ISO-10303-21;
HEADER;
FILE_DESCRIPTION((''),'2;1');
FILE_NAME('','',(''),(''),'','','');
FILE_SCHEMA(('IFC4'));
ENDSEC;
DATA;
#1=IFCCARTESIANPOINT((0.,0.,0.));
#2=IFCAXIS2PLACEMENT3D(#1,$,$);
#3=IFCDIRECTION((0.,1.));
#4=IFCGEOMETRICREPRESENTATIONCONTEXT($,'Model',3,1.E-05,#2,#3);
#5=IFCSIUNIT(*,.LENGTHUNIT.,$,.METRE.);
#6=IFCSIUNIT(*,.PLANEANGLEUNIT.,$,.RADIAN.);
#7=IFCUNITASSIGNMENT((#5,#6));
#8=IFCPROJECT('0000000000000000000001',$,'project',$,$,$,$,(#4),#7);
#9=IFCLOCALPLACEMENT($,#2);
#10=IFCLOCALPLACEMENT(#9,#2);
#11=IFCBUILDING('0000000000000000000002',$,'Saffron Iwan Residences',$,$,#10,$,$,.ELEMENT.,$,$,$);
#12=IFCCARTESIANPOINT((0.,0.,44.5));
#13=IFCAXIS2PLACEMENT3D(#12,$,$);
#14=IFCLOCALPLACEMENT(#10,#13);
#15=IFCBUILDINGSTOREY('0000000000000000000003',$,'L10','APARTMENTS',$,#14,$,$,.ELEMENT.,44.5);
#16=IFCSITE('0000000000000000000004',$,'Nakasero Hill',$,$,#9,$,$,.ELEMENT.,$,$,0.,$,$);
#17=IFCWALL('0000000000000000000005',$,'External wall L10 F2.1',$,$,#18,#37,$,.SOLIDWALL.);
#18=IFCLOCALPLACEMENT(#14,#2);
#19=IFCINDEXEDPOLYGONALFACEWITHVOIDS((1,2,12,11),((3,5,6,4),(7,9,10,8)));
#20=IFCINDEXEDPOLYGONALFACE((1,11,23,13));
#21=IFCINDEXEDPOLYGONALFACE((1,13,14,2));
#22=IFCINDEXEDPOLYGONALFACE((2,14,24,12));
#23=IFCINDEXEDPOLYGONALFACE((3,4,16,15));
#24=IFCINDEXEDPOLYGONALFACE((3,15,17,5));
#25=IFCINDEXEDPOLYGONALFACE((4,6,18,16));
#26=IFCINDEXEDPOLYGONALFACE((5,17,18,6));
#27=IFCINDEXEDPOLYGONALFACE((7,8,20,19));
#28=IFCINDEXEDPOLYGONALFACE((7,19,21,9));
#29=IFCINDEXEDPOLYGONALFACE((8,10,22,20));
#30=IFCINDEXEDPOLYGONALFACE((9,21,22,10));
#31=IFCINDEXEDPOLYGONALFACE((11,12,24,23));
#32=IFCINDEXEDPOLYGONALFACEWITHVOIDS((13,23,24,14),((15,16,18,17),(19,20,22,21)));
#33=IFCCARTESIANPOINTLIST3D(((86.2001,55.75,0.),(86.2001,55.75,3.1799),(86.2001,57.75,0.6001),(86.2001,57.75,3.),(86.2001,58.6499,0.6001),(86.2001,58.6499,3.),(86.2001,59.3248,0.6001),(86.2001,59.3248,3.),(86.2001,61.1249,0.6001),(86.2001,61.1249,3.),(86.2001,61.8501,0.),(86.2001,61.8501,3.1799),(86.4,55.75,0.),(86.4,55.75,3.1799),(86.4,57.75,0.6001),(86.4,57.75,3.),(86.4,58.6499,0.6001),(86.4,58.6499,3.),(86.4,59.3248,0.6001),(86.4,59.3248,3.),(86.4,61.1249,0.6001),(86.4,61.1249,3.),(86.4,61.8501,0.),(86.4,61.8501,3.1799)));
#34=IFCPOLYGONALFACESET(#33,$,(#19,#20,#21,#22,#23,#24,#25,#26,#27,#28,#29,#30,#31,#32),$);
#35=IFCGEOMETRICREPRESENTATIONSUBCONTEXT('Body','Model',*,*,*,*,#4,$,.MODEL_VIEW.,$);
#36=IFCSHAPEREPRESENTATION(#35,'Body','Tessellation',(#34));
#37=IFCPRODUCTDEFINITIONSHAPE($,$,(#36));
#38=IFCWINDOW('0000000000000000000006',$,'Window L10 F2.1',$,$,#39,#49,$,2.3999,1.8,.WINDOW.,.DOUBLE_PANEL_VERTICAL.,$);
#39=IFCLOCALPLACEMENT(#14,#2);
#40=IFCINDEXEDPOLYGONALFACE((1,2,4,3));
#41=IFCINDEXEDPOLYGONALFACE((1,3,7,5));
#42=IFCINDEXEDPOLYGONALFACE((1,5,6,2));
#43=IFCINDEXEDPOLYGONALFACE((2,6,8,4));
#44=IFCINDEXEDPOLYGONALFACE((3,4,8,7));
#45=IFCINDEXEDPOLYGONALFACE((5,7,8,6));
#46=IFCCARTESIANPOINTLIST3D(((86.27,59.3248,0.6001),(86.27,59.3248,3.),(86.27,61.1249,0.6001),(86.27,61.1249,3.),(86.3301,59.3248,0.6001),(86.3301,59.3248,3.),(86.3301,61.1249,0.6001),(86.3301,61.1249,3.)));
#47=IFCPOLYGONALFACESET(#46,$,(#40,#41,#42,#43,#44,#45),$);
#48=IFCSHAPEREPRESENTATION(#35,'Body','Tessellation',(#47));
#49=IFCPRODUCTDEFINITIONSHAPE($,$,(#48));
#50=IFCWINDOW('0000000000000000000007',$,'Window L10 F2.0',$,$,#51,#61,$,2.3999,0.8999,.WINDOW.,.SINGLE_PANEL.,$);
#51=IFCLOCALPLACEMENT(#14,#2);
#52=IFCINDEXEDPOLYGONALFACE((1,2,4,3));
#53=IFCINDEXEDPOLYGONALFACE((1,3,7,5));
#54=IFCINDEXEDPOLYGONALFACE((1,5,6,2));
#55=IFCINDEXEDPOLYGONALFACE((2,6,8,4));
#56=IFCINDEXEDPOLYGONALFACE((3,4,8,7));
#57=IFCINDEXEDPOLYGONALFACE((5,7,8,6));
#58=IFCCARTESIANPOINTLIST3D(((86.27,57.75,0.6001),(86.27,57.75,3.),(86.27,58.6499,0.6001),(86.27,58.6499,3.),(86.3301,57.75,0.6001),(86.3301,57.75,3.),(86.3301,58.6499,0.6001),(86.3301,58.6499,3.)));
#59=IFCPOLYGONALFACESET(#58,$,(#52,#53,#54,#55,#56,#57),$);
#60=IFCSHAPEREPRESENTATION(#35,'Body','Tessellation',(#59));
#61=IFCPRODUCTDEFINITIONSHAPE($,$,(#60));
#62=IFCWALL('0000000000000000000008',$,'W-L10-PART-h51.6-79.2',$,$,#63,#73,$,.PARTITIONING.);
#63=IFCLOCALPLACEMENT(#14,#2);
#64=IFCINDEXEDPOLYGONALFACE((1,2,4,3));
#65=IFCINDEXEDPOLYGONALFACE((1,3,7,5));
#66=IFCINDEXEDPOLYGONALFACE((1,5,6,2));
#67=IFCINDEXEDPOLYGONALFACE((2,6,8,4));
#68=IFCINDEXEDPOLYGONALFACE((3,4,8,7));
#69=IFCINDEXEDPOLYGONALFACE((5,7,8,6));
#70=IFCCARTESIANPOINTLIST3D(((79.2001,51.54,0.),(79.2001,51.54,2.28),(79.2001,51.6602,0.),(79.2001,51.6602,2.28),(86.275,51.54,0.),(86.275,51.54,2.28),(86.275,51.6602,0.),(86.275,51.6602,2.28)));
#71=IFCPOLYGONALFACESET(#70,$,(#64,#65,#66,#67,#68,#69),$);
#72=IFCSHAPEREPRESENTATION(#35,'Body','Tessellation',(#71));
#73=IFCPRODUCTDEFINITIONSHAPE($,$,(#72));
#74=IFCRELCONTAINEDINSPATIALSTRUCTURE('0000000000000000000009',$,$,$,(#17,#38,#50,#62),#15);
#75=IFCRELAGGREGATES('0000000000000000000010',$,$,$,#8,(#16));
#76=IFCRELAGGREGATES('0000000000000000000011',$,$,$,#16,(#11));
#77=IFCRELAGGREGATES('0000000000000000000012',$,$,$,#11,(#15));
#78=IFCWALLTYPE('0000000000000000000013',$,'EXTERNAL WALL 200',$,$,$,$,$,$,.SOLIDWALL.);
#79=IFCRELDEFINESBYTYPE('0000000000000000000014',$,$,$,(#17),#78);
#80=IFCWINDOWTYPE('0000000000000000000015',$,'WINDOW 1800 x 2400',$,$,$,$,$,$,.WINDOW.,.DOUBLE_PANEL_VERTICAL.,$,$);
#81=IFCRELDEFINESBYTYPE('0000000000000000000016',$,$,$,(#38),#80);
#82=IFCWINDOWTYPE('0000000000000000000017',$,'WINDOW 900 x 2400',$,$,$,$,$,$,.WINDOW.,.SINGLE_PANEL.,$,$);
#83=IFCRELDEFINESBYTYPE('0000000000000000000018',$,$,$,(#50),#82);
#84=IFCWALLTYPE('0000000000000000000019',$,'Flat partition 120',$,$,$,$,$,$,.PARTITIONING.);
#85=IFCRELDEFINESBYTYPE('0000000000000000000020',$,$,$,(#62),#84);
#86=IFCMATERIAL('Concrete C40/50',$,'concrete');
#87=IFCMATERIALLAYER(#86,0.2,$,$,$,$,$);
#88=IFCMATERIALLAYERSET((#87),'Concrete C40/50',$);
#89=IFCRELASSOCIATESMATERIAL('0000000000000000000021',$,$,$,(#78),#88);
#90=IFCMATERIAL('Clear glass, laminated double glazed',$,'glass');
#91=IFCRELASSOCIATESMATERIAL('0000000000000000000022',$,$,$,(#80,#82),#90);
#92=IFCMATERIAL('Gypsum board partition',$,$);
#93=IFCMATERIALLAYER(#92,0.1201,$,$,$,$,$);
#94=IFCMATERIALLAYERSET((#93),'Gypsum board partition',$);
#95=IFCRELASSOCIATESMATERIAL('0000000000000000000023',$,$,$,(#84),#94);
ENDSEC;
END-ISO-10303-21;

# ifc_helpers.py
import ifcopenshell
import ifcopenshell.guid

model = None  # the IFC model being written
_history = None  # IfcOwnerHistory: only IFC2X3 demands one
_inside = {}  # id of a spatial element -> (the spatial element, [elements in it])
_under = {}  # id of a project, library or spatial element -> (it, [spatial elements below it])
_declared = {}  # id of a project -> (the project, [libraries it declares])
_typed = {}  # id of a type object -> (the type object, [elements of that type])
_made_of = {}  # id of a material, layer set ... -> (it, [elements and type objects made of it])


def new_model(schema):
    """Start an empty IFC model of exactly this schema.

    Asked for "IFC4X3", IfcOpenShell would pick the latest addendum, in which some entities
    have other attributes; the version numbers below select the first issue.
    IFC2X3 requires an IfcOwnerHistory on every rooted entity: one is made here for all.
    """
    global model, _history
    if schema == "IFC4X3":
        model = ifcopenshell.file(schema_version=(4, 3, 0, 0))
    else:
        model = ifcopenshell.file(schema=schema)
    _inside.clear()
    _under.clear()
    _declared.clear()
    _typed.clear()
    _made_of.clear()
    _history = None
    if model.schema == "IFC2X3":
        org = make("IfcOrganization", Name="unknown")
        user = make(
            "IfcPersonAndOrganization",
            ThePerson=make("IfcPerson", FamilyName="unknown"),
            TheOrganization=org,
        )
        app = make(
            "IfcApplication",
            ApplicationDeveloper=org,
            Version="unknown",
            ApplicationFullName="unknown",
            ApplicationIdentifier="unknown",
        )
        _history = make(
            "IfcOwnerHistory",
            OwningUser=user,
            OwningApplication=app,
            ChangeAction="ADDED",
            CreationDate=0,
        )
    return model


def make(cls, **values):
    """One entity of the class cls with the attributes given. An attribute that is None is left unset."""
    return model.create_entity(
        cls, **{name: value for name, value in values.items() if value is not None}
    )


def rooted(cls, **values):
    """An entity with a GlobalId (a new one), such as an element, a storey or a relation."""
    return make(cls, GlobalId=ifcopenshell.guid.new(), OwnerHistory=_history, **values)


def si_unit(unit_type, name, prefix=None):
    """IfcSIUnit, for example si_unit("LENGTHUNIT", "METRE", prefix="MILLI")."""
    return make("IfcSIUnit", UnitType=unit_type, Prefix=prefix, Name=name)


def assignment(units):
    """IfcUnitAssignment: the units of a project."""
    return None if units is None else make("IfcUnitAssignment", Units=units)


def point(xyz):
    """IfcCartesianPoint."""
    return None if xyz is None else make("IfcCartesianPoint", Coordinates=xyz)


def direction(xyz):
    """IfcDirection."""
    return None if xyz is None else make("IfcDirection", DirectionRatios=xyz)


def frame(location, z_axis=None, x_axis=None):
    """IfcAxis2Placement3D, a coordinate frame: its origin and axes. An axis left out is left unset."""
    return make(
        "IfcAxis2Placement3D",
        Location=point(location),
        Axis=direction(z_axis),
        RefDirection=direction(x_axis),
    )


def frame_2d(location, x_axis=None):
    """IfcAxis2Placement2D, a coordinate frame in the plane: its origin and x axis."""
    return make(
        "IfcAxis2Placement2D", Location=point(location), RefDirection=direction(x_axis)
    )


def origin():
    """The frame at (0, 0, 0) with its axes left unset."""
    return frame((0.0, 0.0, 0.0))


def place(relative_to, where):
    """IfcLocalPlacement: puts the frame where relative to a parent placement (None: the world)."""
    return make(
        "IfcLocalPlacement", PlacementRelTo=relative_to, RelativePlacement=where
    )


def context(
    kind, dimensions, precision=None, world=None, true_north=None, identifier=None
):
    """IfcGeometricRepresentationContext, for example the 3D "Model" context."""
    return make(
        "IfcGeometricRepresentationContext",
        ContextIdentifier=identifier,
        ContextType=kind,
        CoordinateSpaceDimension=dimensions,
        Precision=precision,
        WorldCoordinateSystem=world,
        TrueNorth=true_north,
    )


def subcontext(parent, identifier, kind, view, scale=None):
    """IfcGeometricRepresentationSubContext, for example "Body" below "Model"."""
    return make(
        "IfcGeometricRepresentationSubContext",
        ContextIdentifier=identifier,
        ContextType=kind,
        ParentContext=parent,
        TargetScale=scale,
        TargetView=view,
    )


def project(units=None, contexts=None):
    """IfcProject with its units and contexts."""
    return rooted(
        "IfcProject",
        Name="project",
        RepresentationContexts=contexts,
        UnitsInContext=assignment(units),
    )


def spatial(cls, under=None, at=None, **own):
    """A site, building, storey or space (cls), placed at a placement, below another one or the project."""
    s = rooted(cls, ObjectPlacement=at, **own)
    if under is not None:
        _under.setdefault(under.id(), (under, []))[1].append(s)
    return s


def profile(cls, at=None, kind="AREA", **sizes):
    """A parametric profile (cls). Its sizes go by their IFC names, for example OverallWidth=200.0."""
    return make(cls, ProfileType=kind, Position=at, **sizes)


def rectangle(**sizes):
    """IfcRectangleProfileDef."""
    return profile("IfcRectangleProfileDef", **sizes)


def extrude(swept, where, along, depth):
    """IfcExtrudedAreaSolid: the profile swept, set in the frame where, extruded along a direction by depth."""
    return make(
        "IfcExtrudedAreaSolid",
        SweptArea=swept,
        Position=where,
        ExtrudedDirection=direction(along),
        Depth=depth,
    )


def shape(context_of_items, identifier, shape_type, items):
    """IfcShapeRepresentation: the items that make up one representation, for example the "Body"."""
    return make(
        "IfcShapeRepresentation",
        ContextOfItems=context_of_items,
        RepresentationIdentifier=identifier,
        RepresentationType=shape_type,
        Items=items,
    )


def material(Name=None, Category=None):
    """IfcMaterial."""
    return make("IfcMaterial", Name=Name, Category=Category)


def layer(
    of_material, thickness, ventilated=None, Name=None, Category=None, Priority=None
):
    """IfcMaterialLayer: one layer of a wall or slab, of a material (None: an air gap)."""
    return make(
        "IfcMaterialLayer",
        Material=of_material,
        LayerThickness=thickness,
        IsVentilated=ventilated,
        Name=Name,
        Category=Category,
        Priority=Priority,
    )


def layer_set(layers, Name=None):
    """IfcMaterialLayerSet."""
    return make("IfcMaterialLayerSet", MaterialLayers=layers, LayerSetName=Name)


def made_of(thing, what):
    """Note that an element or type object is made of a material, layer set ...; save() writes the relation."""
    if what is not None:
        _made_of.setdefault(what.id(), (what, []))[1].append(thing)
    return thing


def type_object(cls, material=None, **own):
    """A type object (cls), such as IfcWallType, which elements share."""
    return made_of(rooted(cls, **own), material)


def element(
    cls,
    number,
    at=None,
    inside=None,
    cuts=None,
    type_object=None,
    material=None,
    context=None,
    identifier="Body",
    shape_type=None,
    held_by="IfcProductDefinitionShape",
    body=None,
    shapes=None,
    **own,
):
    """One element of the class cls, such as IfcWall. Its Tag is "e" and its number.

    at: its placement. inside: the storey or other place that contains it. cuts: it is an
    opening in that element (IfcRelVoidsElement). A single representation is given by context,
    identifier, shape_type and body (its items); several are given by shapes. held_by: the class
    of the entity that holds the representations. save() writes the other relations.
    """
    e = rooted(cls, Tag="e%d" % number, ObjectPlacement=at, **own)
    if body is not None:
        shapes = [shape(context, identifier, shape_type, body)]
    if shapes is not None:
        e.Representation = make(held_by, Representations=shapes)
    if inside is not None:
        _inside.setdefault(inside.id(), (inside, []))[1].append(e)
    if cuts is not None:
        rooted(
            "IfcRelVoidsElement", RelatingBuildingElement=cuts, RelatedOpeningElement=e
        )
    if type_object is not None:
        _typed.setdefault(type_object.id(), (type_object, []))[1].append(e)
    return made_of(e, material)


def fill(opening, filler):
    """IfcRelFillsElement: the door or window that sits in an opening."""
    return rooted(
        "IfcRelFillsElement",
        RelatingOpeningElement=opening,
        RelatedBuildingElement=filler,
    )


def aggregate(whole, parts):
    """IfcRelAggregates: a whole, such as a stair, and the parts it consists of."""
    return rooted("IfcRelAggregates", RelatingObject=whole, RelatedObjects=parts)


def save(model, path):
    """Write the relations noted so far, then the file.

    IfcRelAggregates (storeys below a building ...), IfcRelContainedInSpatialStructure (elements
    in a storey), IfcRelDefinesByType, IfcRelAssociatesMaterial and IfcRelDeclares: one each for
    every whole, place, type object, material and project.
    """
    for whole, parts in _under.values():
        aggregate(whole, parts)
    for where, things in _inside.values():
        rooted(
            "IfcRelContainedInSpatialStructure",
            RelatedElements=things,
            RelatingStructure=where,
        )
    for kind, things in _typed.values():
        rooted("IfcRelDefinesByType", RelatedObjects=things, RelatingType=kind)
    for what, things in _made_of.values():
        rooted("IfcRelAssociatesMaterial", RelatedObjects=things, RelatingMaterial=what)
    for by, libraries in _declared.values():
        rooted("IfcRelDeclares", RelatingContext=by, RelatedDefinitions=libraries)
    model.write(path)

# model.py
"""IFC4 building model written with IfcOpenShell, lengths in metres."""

from ifc_helpers import new_model, si_unit, direction, frame, frame_2d, origin, place, context, subcontext, project, spatial, rectangle, extrude, material, layer, layer_set, type_object, element, fill, save


model = new_model("IFC4")

# Units and contexts
model_context = context("Model", 3, precision=1e-05, world=origin(), true_north=direction((0.0, 1.0)))
body_context = subcontext(model_context, "Body", "Model", "MODEL_VIEW")
ifc_project = project(units=[si_unit("LENGTHUNIT", "METRE"), si_unit("PLANEANGLEUNIT", "RADIAN")], contexts=[model_context])

# Site, building, storey
site_placement = place(None, origin())
site = spatial("IfcSite", under=ifc_project, at=site_placement, Name="Nakasero Hill", CompositionType="ELEMENT", RefElevation=0.0)
building_placement = place(site_placement, origin())
building = spatial("IfcBuilding", under=site, at=building_placement, Name="Saffron Iwan Residences", CompositionType="ELEMENT")
storey_placement = place(building_placement, frame((0.0, 0.0, 44.5)))
storey = spatial("IfcBuildingStorey", under=building, at=storey_placement, Name="L10", Description="APARTMENTS", CompositionType="ELEMENT", Elevation=44.5)

# Shared definitions
ifc_material_1 = material(Name="Concrete C40/50", Category="concrete")
ifc_layer_1 = layer(ifc_material_1, 0.2)
ifc_layer_set_1 = layer_set([ifc_layer_1], Name="Concrete C40/50")
wall_type_1 = type_object("IfcWallType", Name="EXTERNAL WALL 200", PredefinedType="SOLIDWALL", material=ifc_layer_set_1)
ifc_material_2 = material(Name="Clear glass, laminated double glazed", Category="glass")

# Wall, openings, windows
wall_1_placement = place(storey_placement, frame((86.3, 55.75, 0.0), z_axis=(0.0, 0.0, 1.0), x_axis=(0.0, 1.0, 0.0)))
wall_1 = element("IfcWall", 1, at=wall_1_placement, inside=storey, type_object=wall_type_1, Name="External wall L10 F2.1", PredefinedType="SOLIDWALL", context=body_context, shape_type="SweptSolid", body=[
    extrude(rectangle(XDim=6.1001, YDim=0.2, at=frame_2d((3.05, 0.0))), origin(), (0.0, 0.0, 1.0), 3.1799),
])
opening_1_placement = place(wall_1_placement, frame((2.0, 0.0, 0.6001)))
opening_1 = element("IfcOpeningElement", 2, at=opening_1_placement, cuts=wall_1, PredefinedType="OPENING", context=body_context, shape_type="SweptSolid", body=[
    extrude(rectangle(XDim=0.8999, YDim=2.3999, at=frame_2d((0.45, 1.2))), frame((0.0, 0.1099, 0.0), z_axis=(0.0, -1.0, 0.0), x_axis=(1.0, 0.0, 0.0)), (0.0, 0.0, 1.0), 0.22),
])
opening_2_placement = place(wall_1_placement, frame((3.575, 0.0, 0.6001)))
opening_2 = element("IfcOpeningElement", 3, at=opening_2_placement, cuts=wall_1, PredefinedType="OPENING", context=body_context, shape_type="SweptSolid", body=[
    extrude(rectangle(XDim=1.8, YDim=2.3999, at=frame_2d((0.8999, 1.2))), frame((0.0, 0.1099, 0.0), z_axis=(0.0, -1.0, 0.0), x_axis=(1.0, 0.0, 0.0)), (0.0, 0.0, 1.0), 0.22),
])
window_type_1 = type_object("IfcWindowType", Name="WINDOW 1800 x 2400", PartitioningType="DOUBLE_PANEL_VERTICAL", PredefinedType="WINDOW", material=ifc_material_2)
window_1_placement = place(opening_2_placement, origin())
window_1 = element("IfcWindow", 4, at=window_1_placement, inside=storey, type_object=window_type_1, Name="Window L10 F2.1", OverallHeight=2.3999, OverallWidth=1.8, PartitioningType="DOUBLE_PANEL_VERTICAL", PredefinedType="WINDOW", context=body_context, shape_type="SweptSolid", body=[
    extrude(rectangle(XDim=1.8, YDim=2.3999, at=frame_2d((0.8999, 1.2))), frame((0.0, 0.03, 0.0), z_axis=(0.0, -1.0, 0.0), x_axis=(1.0, 0.0, 0.0)), (0.0, 0.0, 1.0), 0.0601),
])
fill(opening_2, window_1)
window_type_2 = type_object("IfcWindowType", Name="WINDOW 900 x 2400", PartitioningType="SINGLE_PANEL", PredefinedType="WINDOW", material=ifc_material_2)
window_2_placement = place(opening_1_placement, origin())
window_2 = element("IfcWindow", 5, at=window_2_placement, inside=storey, type_object=window_type_2, Name="Window L10 F2.0", OverallHeight=2.3999, OverallWidth=0.8999, PartitioningType="SINGLE_PANEL", PredefinedType="WINDOW", context=body_context, shape_type="SweptSolid", body=[
    extrude(rectangle(XDim=0.8999, YDim=2.3999, at=frame_2d((0.45, 1.2))), frame((0.0, 0.03, 0.0), z_axis=(0.0, -1.0, 0.0), x_axis=(1.0, 0.0, 0.0)), (0.0, 0.0, 1.0), 0.0601),
])
fill(opening_1, window_2)

# Wall
ifc_material_3 = material(Name="Gypsum board partition")
ifc_layer_2 = layer(ifc_material_3, 0.1201)
ifc_layer_set_2 = layer_set([ifc_layer_2], Name="Gypsum board partition")
wall_type_2 = type_object("IfcWallType", Name="Flat partition 120", PredefinedType="PARTITIONING", material=ifc_layer_set_2)
wall_2_placement = place(storey_placement, frame((79.2, 51.6001, 0.0), z_axis=(0.0, 0.0, 1.0), x_axis=(1.0, 0.0, 0.0)))
element("IfcWall", 6, at=wall_2_placement, inside=storey, type_object=wall_type_2, Name="W-L10-PART-h51.6-79.2", PredefinedType="PARTITIONING", context=body_context, shape_type="SweptSolid", body=[
    extrude(rectangle(XDim=7.075, YDim=0.1201, at=frame_2d((3.5376, 0.0))), origin(), (0.0, 0.0, 1.0), 2.28),
])

save(model, "model.ifc")
